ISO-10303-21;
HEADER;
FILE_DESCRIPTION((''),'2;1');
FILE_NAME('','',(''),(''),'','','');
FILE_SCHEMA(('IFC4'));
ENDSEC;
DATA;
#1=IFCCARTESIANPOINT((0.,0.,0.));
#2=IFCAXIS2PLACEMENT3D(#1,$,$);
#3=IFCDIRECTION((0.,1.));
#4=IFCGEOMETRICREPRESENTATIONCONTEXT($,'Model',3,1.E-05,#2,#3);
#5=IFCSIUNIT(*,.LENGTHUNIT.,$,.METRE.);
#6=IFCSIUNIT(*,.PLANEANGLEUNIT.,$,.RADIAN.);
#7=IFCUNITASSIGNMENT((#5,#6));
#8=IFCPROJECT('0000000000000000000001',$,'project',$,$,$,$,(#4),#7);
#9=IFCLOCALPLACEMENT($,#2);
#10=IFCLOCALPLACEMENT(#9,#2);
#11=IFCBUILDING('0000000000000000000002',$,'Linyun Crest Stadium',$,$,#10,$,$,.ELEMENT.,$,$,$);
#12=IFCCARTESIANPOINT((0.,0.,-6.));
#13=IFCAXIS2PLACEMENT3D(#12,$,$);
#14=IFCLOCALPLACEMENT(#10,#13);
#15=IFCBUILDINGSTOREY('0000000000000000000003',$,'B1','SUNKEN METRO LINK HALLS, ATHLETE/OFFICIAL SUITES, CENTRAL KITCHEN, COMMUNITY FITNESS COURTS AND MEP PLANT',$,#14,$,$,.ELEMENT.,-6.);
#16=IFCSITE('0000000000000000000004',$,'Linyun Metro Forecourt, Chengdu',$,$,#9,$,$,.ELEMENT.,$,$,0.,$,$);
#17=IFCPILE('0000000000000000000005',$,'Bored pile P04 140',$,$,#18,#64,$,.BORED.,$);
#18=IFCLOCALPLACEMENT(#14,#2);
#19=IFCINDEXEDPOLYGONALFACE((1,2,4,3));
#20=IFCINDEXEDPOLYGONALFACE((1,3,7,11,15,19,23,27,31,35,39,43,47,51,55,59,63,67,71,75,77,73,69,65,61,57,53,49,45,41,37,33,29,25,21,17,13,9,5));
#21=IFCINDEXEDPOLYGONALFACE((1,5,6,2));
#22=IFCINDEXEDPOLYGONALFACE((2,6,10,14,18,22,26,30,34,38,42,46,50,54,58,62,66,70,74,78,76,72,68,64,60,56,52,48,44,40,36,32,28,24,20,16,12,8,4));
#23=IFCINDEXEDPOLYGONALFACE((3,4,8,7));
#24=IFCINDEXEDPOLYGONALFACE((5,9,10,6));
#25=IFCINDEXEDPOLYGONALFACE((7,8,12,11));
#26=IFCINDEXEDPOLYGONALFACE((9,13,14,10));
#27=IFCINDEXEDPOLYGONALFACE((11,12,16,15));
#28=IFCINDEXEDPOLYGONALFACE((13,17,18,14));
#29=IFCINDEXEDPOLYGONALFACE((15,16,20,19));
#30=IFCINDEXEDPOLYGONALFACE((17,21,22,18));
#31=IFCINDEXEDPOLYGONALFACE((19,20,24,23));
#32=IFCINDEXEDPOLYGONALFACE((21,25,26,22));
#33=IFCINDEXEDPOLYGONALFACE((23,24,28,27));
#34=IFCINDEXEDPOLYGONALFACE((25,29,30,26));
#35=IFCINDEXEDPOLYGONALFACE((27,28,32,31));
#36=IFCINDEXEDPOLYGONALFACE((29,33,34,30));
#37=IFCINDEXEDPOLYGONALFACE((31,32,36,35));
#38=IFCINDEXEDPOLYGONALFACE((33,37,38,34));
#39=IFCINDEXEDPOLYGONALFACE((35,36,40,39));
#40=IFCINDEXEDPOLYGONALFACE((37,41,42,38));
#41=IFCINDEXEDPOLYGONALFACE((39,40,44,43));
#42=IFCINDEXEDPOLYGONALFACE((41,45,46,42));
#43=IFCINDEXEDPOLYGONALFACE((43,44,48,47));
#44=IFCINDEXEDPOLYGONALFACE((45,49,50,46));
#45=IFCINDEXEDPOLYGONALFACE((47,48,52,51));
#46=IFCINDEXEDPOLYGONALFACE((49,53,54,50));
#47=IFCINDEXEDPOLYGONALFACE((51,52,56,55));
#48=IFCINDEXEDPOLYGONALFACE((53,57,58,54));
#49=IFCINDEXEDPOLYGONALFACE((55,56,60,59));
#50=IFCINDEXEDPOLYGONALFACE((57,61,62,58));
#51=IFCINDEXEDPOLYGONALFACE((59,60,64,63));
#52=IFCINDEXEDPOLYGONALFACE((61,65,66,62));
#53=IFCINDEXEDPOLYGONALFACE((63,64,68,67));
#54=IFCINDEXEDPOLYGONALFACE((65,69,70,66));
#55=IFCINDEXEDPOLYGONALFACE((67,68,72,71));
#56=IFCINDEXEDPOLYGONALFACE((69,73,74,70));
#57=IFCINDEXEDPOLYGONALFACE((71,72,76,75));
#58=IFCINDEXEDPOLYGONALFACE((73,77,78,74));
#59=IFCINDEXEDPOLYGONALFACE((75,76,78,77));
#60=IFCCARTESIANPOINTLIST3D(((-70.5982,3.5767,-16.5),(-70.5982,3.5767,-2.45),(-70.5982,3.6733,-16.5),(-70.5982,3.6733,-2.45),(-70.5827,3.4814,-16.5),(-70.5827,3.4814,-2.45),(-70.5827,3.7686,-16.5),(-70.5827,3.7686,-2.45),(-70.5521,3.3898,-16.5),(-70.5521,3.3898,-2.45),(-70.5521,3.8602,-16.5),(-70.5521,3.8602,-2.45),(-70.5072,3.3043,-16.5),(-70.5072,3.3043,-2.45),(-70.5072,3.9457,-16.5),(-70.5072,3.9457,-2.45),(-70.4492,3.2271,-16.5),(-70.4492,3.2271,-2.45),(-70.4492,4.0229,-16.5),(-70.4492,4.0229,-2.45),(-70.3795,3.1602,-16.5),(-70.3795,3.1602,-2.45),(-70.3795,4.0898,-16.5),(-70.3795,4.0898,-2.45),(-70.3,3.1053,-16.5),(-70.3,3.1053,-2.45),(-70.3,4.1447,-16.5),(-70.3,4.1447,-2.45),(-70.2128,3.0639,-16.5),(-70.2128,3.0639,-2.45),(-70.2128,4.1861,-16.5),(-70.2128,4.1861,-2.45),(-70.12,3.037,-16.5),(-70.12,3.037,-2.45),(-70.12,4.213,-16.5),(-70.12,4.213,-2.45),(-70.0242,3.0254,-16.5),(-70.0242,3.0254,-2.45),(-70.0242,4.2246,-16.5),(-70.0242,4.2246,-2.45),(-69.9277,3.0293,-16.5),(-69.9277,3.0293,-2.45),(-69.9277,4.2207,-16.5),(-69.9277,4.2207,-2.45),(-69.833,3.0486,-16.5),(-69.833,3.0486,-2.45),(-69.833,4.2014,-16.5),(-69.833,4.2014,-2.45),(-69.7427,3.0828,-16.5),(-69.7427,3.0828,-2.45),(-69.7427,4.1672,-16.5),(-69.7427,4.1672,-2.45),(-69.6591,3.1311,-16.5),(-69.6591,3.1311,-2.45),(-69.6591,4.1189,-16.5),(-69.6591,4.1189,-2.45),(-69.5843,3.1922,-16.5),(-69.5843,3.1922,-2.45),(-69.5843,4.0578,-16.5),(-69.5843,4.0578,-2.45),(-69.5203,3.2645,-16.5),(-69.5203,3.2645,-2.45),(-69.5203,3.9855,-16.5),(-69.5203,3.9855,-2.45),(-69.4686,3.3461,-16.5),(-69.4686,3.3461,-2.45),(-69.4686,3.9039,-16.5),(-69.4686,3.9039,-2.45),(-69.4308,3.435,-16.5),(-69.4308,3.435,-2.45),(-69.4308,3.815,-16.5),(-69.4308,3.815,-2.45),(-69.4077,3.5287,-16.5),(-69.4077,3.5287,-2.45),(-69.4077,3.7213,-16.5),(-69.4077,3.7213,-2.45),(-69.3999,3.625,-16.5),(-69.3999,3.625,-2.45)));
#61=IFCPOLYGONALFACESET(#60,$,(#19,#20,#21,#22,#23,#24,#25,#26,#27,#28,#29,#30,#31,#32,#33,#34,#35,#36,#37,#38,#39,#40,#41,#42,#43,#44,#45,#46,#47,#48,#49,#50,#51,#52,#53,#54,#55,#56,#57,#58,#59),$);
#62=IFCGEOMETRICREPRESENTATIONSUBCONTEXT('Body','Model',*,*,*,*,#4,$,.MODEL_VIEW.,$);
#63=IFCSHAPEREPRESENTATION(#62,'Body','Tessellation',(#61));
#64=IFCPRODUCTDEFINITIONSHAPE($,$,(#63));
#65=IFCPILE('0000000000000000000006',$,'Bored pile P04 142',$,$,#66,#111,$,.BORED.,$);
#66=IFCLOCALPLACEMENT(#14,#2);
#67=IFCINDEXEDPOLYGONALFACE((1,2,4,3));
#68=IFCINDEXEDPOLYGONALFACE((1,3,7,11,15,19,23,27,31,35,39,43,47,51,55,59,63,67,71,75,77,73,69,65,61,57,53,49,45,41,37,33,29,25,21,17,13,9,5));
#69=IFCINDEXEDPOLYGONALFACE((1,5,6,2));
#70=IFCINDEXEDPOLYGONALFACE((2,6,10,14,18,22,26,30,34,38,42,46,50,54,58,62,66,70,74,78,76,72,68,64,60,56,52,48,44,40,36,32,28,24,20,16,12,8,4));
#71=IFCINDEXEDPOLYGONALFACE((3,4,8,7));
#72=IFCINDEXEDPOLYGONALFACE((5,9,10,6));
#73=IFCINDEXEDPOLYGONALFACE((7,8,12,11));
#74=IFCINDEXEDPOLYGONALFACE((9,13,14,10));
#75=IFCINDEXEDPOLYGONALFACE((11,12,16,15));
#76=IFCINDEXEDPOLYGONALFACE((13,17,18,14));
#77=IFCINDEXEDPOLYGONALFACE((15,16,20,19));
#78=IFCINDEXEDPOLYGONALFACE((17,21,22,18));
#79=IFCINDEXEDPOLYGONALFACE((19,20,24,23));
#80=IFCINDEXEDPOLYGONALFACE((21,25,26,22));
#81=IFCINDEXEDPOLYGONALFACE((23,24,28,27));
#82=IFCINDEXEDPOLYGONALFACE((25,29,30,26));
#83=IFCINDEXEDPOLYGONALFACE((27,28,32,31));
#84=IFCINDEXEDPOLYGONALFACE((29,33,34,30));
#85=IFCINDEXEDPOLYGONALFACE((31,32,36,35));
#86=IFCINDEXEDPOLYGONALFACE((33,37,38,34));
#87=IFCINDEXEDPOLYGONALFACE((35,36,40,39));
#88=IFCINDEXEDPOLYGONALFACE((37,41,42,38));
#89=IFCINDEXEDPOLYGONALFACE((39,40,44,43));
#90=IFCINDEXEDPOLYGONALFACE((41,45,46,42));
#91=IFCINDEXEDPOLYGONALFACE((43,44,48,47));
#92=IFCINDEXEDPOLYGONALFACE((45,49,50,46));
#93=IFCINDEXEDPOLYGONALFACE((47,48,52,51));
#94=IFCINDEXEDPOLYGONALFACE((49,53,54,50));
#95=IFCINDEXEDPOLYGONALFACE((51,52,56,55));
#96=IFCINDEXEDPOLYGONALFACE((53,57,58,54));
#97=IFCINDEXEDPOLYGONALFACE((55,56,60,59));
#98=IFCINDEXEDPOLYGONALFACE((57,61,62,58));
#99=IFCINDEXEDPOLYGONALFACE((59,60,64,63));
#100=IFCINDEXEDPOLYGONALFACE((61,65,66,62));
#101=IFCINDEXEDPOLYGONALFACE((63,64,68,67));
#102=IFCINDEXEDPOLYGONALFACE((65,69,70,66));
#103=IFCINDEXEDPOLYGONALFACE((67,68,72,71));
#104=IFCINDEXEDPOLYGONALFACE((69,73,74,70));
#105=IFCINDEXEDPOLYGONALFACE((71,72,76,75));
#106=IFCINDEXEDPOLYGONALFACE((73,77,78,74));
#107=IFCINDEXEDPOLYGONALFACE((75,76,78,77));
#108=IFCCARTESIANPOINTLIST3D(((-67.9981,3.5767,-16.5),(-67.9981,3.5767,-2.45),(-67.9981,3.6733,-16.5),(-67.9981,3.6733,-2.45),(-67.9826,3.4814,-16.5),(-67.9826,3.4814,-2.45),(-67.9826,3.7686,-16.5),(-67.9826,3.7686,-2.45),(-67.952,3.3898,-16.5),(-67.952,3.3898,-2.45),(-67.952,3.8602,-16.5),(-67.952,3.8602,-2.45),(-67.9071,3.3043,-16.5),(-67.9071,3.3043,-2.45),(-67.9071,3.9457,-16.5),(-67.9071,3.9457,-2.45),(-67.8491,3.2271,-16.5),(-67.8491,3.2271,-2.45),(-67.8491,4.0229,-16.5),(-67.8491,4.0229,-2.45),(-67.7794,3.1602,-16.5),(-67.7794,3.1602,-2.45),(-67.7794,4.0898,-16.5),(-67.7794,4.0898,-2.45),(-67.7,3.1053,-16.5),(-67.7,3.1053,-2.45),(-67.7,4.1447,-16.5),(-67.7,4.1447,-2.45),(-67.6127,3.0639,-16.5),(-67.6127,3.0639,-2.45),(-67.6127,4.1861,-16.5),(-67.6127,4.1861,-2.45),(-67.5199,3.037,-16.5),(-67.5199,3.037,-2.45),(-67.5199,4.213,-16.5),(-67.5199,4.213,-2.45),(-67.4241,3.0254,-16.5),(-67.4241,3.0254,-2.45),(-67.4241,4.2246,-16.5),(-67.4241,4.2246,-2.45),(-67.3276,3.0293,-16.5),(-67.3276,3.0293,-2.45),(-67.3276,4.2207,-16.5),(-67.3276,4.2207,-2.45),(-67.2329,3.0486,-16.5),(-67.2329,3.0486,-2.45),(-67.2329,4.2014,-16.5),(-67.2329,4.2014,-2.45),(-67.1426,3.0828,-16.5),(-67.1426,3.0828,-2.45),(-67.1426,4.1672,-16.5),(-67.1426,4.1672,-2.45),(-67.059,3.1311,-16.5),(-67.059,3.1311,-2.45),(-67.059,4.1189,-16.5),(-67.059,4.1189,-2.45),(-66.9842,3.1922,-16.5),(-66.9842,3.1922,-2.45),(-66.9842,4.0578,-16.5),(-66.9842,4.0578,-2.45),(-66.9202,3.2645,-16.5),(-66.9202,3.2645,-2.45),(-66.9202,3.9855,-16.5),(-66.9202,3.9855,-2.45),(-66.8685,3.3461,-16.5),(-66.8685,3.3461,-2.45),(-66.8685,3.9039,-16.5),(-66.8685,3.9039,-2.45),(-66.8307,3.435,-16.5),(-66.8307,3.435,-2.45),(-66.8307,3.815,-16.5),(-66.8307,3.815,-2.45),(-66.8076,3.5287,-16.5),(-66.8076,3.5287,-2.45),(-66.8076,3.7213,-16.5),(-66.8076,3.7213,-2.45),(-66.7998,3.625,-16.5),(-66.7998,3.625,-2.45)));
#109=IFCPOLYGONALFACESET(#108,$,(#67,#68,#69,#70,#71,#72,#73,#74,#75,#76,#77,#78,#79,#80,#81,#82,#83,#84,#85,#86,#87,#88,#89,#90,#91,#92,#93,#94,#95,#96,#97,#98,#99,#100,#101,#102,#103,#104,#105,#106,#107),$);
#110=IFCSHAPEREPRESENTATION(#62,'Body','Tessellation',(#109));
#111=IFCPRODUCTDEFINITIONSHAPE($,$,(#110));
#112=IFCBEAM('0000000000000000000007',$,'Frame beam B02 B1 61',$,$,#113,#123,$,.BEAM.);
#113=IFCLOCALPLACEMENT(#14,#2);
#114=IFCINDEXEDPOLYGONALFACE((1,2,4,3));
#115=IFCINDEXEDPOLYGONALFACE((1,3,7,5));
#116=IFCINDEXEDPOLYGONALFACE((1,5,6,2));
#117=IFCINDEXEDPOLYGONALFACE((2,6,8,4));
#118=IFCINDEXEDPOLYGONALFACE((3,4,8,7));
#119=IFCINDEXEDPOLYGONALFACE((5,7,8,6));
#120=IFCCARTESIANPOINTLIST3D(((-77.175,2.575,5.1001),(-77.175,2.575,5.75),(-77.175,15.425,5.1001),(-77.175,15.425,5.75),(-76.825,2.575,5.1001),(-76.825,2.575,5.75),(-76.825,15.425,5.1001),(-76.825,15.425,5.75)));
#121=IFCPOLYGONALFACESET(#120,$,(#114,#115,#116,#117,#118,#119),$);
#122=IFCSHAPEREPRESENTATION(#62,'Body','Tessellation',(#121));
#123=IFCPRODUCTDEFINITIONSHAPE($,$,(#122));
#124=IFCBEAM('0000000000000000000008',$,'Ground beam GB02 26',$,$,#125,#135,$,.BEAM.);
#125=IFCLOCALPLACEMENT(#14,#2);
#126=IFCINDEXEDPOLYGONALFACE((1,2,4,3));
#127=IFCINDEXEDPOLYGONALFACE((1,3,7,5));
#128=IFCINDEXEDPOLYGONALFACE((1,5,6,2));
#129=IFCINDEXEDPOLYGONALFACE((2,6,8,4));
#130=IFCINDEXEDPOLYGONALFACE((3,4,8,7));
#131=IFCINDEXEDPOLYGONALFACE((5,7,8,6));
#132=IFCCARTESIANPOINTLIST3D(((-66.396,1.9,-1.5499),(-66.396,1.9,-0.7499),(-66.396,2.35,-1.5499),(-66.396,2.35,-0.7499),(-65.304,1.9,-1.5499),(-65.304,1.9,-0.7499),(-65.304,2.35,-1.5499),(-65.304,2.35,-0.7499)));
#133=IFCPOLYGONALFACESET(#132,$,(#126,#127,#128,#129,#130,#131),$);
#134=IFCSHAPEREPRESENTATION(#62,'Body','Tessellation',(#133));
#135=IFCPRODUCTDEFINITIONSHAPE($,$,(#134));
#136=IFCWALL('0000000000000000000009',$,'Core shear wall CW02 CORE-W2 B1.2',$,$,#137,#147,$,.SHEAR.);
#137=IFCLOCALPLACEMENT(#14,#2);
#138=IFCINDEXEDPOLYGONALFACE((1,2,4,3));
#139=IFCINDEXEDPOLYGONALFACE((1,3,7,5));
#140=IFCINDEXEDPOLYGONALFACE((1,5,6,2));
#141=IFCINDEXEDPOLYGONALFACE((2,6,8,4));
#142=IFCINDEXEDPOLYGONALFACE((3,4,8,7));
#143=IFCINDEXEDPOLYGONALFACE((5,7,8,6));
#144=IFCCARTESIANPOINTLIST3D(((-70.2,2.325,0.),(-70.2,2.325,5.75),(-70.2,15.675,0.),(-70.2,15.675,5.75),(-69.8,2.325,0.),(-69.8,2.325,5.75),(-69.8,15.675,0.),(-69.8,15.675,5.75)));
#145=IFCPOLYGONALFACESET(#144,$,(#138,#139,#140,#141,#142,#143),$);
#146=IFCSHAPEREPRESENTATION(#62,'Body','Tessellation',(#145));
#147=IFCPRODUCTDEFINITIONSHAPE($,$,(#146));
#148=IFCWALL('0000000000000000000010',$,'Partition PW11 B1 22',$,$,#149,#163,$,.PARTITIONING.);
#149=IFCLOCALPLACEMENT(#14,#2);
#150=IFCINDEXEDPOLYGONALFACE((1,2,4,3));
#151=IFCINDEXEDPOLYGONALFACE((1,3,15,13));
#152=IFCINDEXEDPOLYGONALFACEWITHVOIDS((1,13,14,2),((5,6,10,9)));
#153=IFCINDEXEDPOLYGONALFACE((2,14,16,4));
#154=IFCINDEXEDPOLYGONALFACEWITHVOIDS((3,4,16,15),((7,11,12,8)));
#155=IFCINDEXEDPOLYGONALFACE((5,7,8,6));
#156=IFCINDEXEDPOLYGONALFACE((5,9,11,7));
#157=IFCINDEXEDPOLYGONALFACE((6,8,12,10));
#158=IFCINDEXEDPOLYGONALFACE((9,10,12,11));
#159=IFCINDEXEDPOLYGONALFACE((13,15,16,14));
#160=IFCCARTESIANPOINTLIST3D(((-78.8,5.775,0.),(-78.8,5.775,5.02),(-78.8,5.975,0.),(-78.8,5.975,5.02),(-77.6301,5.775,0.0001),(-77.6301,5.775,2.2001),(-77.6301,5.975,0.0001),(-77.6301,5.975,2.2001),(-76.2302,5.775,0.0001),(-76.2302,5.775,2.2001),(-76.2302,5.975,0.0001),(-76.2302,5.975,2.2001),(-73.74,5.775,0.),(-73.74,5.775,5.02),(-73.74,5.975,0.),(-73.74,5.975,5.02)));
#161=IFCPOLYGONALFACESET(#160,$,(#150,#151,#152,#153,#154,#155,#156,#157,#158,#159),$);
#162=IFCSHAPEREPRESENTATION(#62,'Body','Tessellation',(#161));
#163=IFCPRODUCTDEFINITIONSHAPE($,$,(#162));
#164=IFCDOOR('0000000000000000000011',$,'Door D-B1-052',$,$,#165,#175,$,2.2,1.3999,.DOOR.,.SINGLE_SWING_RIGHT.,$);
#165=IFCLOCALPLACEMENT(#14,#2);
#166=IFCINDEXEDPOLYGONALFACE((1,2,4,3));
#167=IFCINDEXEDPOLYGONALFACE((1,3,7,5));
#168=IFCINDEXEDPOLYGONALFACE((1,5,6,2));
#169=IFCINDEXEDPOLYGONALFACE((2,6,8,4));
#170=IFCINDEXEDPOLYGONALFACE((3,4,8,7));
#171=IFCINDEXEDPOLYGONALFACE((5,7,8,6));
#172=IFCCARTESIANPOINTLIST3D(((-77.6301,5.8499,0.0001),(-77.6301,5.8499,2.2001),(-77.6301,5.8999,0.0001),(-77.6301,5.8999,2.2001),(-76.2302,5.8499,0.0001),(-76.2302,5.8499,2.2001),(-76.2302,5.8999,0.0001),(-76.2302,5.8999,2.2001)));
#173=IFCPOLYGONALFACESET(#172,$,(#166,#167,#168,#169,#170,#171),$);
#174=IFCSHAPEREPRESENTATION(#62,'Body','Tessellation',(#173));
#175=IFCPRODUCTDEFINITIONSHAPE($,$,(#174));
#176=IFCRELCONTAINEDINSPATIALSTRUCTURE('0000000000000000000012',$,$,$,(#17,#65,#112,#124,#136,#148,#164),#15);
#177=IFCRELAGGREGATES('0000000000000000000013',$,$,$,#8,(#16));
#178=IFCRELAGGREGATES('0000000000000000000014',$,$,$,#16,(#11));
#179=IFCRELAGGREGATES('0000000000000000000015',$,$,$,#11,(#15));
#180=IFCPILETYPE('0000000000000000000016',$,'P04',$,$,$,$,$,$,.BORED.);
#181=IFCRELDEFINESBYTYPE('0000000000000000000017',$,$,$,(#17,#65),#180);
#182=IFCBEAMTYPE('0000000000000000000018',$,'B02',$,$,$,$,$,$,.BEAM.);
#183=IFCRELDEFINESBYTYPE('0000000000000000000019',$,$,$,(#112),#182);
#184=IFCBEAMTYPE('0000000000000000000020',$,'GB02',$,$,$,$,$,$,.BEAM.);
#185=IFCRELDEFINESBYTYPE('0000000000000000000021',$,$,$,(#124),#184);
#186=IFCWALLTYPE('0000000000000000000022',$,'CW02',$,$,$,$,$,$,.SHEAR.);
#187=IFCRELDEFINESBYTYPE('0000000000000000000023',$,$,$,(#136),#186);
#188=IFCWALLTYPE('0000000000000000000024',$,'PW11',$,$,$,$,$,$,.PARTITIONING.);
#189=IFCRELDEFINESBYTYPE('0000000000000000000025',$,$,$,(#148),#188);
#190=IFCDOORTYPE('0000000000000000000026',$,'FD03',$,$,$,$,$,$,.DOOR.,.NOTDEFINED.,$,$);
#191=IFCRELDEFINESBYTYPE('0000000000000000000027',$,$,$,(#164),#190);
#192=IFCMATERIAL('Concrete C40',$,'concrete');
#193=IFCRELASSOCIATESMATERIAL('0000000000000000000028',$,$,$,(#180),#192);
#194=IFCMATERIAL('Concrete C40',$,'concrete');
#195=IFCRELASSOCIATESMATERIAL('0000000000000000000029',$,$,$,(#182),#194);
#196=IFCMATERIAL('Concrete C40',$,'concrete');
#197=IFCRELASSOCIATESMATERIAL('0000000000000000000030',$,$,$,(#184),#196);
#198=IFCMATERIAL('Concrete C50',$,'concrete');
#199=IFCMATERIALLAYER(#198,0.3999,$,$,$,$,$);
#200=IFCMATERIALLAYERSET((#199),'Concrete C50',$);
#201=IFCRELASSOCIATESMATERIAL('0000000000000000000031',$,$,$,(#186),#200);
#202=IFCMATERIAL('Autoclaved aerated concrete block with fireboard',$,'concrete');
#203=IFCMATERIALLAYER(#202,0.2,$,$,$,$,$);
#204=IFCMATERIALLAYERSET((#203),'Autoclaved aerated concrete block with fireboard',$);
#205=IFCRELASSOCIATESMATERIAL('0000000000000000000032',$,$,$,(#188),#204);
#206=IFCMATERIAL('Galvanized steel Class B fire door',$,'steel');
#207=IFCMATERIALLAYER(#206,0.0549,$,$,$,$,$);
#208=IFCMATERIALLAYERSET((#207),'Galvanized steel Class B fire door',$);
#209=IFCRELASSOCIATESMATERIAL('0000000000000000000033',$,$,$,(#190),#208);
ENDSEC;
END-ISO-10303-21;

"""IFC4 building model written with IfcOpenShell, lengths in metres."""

from ifc_helpers import new_model, si_unit, direction, frame, frame_2d, origin, origin_2d, place, context, subcontext, project, spatial, rectangle, circle, extrude, material, layer, layer_set, material_profile, profile_set, type_object, element, fill, save


model = new_model("IFC4")

# Units and contexts
model_context = context("Model", 3, precision=1e-05, world=origin(), true_north=direction((0.0, 1.0)))
body_context = subcontext(model_context, "Body", "Model", "MODEL_VIEW")
ifc_project = project(units=[si_unit("LENGTHUNIT", "METRE"), si_unit("PLANEANGLEUNIT", "RADIAN")], contexts=[model_context])

# Site, building, storey
site_placement = place(None, origin())
site = spatial("IfcSite", under=ifc_project, at=site_placement, Name="Linyun Metro Forecourt, Chengdu", CompositionType="ELEMENT", RefElevation=0.0)
building_placement = place(site_placement, origin())
building = spatial("IfcBuilding", under=site, at=building_placement, Name="Linyun Crest Stadium", CompositionType="ELEMENT")
storey_placement = place(building_placement, frame((0.0, 0.0, -6.0)))
storey = spatial("IfcBuildingStorey", under=building, at=storey_placement, Name="B1", Description="SUNKEN METRO LINK HALLS, ATHLETE/OFFICIAL SUITES, CENTRAL KITCHEN, COMMUNITY FITNESS COURTS AND MEP PLANT", CompositionType="ELEMENT", Elevation=-6.0)

# Piles
ifc_material_1 = material(Name="Concrete C40", Category="concrete")
ifc_material_profile_1 = material_profile(ifc_material_1, circle(Radius=0.6001, at=origin_2d()), Name="BORED PILE 1200")
ifc_profile_set_1 = profile_set([ifc_material_profile_1], Name="Concrete C40")
pile_type_1 = type_object("IfcPileType", Name="P04", PredefinedType="BORED", material=ifc_profile_set_1)
for number, where, z_axis, x_axis, name in (
    (1, (-70.0, 3.625, -2.45), (0.0, 0.0, -1.0), (1.0, 0.0, 0.0), "Bored pile P04 140"),
    (2, (-67.3999, 3.625, -2.45), (0.0, 0.0, -1.0), (1.0, 0.0, 0.0), "Bored pile P04 142"),
):
    element("IfcPile", number, at=place(storey_placement, frame(where, z_axis=z_axis, x_axis=x_axis)), inside=storey, type_object=pile_type_1, Name=name, PredefinedType="BORED", context=body_context, shape_type="SweptSolid", body=[
        extrude(circle(Radius=0.6001, at=origin_2d()), origin(), (0.0, 0.0, 1.0), 14.05),
    ])

# Beams
ifc_material_2 = material(Name="Concrete C40", Category="concrete")
ifc_material_profile_2 = material_profile(ifc_material_2, rectangle(XDim=0.3501, YDim=0.6499, at=origin_2d()), Name="RCB 650x350")
ifc_profile_set_2 = profile_set([ifc_material_profile_2], Name="Concrete C40")
beam_type_1 = type_object("IfcBeamType", Name="B02", PredefinedType="BEAM", material=ifc_profile_set_2)
beam_1_placement = place(storey_placement, frame((-77.0, 2.575, 5.425), z_axis=(0.0, 1.0, 0.0), x_axis=(-1.0, 0.0, 0.0)))
element("IfcBeam", 3, at=beam_1_placement, inside=storey, type_object=beam_type_1, Name="Frame beam B02 B1 61", PredefinedType="BEAM", context=body_context, shape_type="SweptSolid", body=[
    extrude(rectangle(XDim=0.3501, YDim=0.6499, at=origin_2d()), origin(), (0.0, 0.0, 1.0), 12.8501),
])
ifc_material_3 = material(Name="Concrete C40", Category="concrete")
ifc_material_profile_3 = material_profile(ifc_material_3, rectangle(XDim=0.45, YDim=0.8, at=origin_2d()), Name="RCB 800x450")
ifc_profile_set_3 = profile_set([ifc_material_profile_3], Name="Concrete C40")
beam_type_2 = type_object("IfcBeamType", Name="GB02", PredefinedType="BEAM", material=ifc_profile_set_3)
beam_2_placement = place(storey_placement, frame((-66.396, 2.125, -1.1499), z_axis=(1.0, 0.0, 0.0), x_axis=(0.0, 1.0, 0.0)))
element("IfcBeam", 4, at=beam_2_placement, inside=storey, type_object=beam_type_2, Name="Ground beam GB02 26", PredefinedType="BEAM", context=body_context, shape_type="SweptSolid", body=[
    extrude(rectangle(XDim=0.45, YDim=0.8, at=origin_2d()), origin(), (0.0, 0.0, 1.0), 1.092),
])

# Wall
ifc_material_4 = material(Name="Concrete C50", Category="concrete")
ifc_layer_1 = layer(ifc_material_4, 0.3999)
ifc_layer_set_1 = layer_set([ifc_layer_1], Name="Concrete C50")
wall_type_1 = type_object("IfcWallType", Name="CW02", PredefinedType="SHEAR", material=ifc_layer_set_1)
wall_1_placement = place(storey_placement, frame((-70.0, 2.325, 0.0), z_axis=(0.0, 0.0, 1.0), x_axis=(0.0, 1.0, 0.0)))
element("IfcWall", 5, at=wall_1_placement, inside=storey, type_object=wall_type_1, Name="Core shear wall CW02 CORE-W2 B1.2", PredefinedType="SHEAR", context=body_context, shape_type="SweptSolid", body=[
    extrude(rectangle(XDim=13.3501, YDim=0.3999, at=frame_2d((6.675, 0.0))), origin(), (0.0, 0.0, 1.0), 5.75),
])

# Wall, opening, door
ifc_material_5 = material(Name="Autoclaved aerated concrete block with fireboard", Category="concrete")
ifc_layer_2 = layer(ifc_material_5, 0.2)
ifc_layer_set_2 = layer_set([ifc_layer_2], Name="Autoclaved aerated concrete block with fireboard")
wall_type_2 = type_object("IfcWallType", Name="PW11", PredefinedType="PARTITIONING", material=ifc_layer_set_2)
wall_2_placement = place(storey_placement, frame((-78.8, 5.875, 0.0), z_axis=(0.0, 0.0, 1.0), x_axis=(1.0, 0.0, 0.0)))
wall_2 = element("IfcWall", 6, at=wall_2_placement, inside=storey, type_object=wall_type_2, Name="Partition PW11 B1 22", PredefinedType="PARTITIONING", context=body_context, shape_type="SweptSolid", body=[
    extrude(rectangle(XDim=5.0601, YDim=0.2, at=frame_2d((2.53, 0.0))), origin(), (0.0, 0.0, 1.0), 5.02),
])
opening_1_placement = place(wall_2_placement, frame((1.1699, 0.0, 0.0)))
opening_1 = element("IfcOpeningElement", 7, at=opening_1_placement, cuts=wall_2, PredefinedType="OPENING", context=body_context, shape_type="SweptSolid", body=[
    extrude(rectangle(XDim=1.3999, YDim=2.2, at=frame_2d((0.7, 1.1001))), frame((0.0, 0.1099, 0.0), z_axis=(0.0, -1.0, 0.0), x_axis=(1.0, 0.0, 0.0)), (0.0, 0.0, 1.0), 0.22),
])
ifc_material_6 = material(Name="Galvanized steel Class B fire door", Category="steel")
ifc_layer_3 = layer(ifc_material_6, 0.0549)
ifc_layer_set_3 = layer_set([ifc_layer_3], Name="Galvanized steel Class B fire door")
door_type_1 = type_object("IfcDoorType", Name="FD03", OperationType="NOTDEFINED", PredefinedType="DOOR", material=ifc_layer_set_3)
door_1_placement = place(opening_1_placement, origin())
door_1 = element("IfcDoor", 8, at=door_1_placement, inside=storey, type_object=door_type_1, Name="Door D-B1-052", OperationType="SINGLE_SWING_RIGHT", OverallHeight=2.2, OverallWidth=1.3999, PredefinedType="DOOR", context=body_context, shape_type="SweptSolid", body=[
    extrude(rectangle(XDim=1.3999, YDim=2.2, at=frame_2d((0.7, 1.1001))), frame((0.0, 0.0249, 0.0), z_axis=(0.0, -1.0, 0.0), x_axis=(1.0, 0.0, 0.0)), (0.0, 0.0, 1.0), 0.05),
])
fill(opening_1, door_1)

save(model, "model.ifc")
